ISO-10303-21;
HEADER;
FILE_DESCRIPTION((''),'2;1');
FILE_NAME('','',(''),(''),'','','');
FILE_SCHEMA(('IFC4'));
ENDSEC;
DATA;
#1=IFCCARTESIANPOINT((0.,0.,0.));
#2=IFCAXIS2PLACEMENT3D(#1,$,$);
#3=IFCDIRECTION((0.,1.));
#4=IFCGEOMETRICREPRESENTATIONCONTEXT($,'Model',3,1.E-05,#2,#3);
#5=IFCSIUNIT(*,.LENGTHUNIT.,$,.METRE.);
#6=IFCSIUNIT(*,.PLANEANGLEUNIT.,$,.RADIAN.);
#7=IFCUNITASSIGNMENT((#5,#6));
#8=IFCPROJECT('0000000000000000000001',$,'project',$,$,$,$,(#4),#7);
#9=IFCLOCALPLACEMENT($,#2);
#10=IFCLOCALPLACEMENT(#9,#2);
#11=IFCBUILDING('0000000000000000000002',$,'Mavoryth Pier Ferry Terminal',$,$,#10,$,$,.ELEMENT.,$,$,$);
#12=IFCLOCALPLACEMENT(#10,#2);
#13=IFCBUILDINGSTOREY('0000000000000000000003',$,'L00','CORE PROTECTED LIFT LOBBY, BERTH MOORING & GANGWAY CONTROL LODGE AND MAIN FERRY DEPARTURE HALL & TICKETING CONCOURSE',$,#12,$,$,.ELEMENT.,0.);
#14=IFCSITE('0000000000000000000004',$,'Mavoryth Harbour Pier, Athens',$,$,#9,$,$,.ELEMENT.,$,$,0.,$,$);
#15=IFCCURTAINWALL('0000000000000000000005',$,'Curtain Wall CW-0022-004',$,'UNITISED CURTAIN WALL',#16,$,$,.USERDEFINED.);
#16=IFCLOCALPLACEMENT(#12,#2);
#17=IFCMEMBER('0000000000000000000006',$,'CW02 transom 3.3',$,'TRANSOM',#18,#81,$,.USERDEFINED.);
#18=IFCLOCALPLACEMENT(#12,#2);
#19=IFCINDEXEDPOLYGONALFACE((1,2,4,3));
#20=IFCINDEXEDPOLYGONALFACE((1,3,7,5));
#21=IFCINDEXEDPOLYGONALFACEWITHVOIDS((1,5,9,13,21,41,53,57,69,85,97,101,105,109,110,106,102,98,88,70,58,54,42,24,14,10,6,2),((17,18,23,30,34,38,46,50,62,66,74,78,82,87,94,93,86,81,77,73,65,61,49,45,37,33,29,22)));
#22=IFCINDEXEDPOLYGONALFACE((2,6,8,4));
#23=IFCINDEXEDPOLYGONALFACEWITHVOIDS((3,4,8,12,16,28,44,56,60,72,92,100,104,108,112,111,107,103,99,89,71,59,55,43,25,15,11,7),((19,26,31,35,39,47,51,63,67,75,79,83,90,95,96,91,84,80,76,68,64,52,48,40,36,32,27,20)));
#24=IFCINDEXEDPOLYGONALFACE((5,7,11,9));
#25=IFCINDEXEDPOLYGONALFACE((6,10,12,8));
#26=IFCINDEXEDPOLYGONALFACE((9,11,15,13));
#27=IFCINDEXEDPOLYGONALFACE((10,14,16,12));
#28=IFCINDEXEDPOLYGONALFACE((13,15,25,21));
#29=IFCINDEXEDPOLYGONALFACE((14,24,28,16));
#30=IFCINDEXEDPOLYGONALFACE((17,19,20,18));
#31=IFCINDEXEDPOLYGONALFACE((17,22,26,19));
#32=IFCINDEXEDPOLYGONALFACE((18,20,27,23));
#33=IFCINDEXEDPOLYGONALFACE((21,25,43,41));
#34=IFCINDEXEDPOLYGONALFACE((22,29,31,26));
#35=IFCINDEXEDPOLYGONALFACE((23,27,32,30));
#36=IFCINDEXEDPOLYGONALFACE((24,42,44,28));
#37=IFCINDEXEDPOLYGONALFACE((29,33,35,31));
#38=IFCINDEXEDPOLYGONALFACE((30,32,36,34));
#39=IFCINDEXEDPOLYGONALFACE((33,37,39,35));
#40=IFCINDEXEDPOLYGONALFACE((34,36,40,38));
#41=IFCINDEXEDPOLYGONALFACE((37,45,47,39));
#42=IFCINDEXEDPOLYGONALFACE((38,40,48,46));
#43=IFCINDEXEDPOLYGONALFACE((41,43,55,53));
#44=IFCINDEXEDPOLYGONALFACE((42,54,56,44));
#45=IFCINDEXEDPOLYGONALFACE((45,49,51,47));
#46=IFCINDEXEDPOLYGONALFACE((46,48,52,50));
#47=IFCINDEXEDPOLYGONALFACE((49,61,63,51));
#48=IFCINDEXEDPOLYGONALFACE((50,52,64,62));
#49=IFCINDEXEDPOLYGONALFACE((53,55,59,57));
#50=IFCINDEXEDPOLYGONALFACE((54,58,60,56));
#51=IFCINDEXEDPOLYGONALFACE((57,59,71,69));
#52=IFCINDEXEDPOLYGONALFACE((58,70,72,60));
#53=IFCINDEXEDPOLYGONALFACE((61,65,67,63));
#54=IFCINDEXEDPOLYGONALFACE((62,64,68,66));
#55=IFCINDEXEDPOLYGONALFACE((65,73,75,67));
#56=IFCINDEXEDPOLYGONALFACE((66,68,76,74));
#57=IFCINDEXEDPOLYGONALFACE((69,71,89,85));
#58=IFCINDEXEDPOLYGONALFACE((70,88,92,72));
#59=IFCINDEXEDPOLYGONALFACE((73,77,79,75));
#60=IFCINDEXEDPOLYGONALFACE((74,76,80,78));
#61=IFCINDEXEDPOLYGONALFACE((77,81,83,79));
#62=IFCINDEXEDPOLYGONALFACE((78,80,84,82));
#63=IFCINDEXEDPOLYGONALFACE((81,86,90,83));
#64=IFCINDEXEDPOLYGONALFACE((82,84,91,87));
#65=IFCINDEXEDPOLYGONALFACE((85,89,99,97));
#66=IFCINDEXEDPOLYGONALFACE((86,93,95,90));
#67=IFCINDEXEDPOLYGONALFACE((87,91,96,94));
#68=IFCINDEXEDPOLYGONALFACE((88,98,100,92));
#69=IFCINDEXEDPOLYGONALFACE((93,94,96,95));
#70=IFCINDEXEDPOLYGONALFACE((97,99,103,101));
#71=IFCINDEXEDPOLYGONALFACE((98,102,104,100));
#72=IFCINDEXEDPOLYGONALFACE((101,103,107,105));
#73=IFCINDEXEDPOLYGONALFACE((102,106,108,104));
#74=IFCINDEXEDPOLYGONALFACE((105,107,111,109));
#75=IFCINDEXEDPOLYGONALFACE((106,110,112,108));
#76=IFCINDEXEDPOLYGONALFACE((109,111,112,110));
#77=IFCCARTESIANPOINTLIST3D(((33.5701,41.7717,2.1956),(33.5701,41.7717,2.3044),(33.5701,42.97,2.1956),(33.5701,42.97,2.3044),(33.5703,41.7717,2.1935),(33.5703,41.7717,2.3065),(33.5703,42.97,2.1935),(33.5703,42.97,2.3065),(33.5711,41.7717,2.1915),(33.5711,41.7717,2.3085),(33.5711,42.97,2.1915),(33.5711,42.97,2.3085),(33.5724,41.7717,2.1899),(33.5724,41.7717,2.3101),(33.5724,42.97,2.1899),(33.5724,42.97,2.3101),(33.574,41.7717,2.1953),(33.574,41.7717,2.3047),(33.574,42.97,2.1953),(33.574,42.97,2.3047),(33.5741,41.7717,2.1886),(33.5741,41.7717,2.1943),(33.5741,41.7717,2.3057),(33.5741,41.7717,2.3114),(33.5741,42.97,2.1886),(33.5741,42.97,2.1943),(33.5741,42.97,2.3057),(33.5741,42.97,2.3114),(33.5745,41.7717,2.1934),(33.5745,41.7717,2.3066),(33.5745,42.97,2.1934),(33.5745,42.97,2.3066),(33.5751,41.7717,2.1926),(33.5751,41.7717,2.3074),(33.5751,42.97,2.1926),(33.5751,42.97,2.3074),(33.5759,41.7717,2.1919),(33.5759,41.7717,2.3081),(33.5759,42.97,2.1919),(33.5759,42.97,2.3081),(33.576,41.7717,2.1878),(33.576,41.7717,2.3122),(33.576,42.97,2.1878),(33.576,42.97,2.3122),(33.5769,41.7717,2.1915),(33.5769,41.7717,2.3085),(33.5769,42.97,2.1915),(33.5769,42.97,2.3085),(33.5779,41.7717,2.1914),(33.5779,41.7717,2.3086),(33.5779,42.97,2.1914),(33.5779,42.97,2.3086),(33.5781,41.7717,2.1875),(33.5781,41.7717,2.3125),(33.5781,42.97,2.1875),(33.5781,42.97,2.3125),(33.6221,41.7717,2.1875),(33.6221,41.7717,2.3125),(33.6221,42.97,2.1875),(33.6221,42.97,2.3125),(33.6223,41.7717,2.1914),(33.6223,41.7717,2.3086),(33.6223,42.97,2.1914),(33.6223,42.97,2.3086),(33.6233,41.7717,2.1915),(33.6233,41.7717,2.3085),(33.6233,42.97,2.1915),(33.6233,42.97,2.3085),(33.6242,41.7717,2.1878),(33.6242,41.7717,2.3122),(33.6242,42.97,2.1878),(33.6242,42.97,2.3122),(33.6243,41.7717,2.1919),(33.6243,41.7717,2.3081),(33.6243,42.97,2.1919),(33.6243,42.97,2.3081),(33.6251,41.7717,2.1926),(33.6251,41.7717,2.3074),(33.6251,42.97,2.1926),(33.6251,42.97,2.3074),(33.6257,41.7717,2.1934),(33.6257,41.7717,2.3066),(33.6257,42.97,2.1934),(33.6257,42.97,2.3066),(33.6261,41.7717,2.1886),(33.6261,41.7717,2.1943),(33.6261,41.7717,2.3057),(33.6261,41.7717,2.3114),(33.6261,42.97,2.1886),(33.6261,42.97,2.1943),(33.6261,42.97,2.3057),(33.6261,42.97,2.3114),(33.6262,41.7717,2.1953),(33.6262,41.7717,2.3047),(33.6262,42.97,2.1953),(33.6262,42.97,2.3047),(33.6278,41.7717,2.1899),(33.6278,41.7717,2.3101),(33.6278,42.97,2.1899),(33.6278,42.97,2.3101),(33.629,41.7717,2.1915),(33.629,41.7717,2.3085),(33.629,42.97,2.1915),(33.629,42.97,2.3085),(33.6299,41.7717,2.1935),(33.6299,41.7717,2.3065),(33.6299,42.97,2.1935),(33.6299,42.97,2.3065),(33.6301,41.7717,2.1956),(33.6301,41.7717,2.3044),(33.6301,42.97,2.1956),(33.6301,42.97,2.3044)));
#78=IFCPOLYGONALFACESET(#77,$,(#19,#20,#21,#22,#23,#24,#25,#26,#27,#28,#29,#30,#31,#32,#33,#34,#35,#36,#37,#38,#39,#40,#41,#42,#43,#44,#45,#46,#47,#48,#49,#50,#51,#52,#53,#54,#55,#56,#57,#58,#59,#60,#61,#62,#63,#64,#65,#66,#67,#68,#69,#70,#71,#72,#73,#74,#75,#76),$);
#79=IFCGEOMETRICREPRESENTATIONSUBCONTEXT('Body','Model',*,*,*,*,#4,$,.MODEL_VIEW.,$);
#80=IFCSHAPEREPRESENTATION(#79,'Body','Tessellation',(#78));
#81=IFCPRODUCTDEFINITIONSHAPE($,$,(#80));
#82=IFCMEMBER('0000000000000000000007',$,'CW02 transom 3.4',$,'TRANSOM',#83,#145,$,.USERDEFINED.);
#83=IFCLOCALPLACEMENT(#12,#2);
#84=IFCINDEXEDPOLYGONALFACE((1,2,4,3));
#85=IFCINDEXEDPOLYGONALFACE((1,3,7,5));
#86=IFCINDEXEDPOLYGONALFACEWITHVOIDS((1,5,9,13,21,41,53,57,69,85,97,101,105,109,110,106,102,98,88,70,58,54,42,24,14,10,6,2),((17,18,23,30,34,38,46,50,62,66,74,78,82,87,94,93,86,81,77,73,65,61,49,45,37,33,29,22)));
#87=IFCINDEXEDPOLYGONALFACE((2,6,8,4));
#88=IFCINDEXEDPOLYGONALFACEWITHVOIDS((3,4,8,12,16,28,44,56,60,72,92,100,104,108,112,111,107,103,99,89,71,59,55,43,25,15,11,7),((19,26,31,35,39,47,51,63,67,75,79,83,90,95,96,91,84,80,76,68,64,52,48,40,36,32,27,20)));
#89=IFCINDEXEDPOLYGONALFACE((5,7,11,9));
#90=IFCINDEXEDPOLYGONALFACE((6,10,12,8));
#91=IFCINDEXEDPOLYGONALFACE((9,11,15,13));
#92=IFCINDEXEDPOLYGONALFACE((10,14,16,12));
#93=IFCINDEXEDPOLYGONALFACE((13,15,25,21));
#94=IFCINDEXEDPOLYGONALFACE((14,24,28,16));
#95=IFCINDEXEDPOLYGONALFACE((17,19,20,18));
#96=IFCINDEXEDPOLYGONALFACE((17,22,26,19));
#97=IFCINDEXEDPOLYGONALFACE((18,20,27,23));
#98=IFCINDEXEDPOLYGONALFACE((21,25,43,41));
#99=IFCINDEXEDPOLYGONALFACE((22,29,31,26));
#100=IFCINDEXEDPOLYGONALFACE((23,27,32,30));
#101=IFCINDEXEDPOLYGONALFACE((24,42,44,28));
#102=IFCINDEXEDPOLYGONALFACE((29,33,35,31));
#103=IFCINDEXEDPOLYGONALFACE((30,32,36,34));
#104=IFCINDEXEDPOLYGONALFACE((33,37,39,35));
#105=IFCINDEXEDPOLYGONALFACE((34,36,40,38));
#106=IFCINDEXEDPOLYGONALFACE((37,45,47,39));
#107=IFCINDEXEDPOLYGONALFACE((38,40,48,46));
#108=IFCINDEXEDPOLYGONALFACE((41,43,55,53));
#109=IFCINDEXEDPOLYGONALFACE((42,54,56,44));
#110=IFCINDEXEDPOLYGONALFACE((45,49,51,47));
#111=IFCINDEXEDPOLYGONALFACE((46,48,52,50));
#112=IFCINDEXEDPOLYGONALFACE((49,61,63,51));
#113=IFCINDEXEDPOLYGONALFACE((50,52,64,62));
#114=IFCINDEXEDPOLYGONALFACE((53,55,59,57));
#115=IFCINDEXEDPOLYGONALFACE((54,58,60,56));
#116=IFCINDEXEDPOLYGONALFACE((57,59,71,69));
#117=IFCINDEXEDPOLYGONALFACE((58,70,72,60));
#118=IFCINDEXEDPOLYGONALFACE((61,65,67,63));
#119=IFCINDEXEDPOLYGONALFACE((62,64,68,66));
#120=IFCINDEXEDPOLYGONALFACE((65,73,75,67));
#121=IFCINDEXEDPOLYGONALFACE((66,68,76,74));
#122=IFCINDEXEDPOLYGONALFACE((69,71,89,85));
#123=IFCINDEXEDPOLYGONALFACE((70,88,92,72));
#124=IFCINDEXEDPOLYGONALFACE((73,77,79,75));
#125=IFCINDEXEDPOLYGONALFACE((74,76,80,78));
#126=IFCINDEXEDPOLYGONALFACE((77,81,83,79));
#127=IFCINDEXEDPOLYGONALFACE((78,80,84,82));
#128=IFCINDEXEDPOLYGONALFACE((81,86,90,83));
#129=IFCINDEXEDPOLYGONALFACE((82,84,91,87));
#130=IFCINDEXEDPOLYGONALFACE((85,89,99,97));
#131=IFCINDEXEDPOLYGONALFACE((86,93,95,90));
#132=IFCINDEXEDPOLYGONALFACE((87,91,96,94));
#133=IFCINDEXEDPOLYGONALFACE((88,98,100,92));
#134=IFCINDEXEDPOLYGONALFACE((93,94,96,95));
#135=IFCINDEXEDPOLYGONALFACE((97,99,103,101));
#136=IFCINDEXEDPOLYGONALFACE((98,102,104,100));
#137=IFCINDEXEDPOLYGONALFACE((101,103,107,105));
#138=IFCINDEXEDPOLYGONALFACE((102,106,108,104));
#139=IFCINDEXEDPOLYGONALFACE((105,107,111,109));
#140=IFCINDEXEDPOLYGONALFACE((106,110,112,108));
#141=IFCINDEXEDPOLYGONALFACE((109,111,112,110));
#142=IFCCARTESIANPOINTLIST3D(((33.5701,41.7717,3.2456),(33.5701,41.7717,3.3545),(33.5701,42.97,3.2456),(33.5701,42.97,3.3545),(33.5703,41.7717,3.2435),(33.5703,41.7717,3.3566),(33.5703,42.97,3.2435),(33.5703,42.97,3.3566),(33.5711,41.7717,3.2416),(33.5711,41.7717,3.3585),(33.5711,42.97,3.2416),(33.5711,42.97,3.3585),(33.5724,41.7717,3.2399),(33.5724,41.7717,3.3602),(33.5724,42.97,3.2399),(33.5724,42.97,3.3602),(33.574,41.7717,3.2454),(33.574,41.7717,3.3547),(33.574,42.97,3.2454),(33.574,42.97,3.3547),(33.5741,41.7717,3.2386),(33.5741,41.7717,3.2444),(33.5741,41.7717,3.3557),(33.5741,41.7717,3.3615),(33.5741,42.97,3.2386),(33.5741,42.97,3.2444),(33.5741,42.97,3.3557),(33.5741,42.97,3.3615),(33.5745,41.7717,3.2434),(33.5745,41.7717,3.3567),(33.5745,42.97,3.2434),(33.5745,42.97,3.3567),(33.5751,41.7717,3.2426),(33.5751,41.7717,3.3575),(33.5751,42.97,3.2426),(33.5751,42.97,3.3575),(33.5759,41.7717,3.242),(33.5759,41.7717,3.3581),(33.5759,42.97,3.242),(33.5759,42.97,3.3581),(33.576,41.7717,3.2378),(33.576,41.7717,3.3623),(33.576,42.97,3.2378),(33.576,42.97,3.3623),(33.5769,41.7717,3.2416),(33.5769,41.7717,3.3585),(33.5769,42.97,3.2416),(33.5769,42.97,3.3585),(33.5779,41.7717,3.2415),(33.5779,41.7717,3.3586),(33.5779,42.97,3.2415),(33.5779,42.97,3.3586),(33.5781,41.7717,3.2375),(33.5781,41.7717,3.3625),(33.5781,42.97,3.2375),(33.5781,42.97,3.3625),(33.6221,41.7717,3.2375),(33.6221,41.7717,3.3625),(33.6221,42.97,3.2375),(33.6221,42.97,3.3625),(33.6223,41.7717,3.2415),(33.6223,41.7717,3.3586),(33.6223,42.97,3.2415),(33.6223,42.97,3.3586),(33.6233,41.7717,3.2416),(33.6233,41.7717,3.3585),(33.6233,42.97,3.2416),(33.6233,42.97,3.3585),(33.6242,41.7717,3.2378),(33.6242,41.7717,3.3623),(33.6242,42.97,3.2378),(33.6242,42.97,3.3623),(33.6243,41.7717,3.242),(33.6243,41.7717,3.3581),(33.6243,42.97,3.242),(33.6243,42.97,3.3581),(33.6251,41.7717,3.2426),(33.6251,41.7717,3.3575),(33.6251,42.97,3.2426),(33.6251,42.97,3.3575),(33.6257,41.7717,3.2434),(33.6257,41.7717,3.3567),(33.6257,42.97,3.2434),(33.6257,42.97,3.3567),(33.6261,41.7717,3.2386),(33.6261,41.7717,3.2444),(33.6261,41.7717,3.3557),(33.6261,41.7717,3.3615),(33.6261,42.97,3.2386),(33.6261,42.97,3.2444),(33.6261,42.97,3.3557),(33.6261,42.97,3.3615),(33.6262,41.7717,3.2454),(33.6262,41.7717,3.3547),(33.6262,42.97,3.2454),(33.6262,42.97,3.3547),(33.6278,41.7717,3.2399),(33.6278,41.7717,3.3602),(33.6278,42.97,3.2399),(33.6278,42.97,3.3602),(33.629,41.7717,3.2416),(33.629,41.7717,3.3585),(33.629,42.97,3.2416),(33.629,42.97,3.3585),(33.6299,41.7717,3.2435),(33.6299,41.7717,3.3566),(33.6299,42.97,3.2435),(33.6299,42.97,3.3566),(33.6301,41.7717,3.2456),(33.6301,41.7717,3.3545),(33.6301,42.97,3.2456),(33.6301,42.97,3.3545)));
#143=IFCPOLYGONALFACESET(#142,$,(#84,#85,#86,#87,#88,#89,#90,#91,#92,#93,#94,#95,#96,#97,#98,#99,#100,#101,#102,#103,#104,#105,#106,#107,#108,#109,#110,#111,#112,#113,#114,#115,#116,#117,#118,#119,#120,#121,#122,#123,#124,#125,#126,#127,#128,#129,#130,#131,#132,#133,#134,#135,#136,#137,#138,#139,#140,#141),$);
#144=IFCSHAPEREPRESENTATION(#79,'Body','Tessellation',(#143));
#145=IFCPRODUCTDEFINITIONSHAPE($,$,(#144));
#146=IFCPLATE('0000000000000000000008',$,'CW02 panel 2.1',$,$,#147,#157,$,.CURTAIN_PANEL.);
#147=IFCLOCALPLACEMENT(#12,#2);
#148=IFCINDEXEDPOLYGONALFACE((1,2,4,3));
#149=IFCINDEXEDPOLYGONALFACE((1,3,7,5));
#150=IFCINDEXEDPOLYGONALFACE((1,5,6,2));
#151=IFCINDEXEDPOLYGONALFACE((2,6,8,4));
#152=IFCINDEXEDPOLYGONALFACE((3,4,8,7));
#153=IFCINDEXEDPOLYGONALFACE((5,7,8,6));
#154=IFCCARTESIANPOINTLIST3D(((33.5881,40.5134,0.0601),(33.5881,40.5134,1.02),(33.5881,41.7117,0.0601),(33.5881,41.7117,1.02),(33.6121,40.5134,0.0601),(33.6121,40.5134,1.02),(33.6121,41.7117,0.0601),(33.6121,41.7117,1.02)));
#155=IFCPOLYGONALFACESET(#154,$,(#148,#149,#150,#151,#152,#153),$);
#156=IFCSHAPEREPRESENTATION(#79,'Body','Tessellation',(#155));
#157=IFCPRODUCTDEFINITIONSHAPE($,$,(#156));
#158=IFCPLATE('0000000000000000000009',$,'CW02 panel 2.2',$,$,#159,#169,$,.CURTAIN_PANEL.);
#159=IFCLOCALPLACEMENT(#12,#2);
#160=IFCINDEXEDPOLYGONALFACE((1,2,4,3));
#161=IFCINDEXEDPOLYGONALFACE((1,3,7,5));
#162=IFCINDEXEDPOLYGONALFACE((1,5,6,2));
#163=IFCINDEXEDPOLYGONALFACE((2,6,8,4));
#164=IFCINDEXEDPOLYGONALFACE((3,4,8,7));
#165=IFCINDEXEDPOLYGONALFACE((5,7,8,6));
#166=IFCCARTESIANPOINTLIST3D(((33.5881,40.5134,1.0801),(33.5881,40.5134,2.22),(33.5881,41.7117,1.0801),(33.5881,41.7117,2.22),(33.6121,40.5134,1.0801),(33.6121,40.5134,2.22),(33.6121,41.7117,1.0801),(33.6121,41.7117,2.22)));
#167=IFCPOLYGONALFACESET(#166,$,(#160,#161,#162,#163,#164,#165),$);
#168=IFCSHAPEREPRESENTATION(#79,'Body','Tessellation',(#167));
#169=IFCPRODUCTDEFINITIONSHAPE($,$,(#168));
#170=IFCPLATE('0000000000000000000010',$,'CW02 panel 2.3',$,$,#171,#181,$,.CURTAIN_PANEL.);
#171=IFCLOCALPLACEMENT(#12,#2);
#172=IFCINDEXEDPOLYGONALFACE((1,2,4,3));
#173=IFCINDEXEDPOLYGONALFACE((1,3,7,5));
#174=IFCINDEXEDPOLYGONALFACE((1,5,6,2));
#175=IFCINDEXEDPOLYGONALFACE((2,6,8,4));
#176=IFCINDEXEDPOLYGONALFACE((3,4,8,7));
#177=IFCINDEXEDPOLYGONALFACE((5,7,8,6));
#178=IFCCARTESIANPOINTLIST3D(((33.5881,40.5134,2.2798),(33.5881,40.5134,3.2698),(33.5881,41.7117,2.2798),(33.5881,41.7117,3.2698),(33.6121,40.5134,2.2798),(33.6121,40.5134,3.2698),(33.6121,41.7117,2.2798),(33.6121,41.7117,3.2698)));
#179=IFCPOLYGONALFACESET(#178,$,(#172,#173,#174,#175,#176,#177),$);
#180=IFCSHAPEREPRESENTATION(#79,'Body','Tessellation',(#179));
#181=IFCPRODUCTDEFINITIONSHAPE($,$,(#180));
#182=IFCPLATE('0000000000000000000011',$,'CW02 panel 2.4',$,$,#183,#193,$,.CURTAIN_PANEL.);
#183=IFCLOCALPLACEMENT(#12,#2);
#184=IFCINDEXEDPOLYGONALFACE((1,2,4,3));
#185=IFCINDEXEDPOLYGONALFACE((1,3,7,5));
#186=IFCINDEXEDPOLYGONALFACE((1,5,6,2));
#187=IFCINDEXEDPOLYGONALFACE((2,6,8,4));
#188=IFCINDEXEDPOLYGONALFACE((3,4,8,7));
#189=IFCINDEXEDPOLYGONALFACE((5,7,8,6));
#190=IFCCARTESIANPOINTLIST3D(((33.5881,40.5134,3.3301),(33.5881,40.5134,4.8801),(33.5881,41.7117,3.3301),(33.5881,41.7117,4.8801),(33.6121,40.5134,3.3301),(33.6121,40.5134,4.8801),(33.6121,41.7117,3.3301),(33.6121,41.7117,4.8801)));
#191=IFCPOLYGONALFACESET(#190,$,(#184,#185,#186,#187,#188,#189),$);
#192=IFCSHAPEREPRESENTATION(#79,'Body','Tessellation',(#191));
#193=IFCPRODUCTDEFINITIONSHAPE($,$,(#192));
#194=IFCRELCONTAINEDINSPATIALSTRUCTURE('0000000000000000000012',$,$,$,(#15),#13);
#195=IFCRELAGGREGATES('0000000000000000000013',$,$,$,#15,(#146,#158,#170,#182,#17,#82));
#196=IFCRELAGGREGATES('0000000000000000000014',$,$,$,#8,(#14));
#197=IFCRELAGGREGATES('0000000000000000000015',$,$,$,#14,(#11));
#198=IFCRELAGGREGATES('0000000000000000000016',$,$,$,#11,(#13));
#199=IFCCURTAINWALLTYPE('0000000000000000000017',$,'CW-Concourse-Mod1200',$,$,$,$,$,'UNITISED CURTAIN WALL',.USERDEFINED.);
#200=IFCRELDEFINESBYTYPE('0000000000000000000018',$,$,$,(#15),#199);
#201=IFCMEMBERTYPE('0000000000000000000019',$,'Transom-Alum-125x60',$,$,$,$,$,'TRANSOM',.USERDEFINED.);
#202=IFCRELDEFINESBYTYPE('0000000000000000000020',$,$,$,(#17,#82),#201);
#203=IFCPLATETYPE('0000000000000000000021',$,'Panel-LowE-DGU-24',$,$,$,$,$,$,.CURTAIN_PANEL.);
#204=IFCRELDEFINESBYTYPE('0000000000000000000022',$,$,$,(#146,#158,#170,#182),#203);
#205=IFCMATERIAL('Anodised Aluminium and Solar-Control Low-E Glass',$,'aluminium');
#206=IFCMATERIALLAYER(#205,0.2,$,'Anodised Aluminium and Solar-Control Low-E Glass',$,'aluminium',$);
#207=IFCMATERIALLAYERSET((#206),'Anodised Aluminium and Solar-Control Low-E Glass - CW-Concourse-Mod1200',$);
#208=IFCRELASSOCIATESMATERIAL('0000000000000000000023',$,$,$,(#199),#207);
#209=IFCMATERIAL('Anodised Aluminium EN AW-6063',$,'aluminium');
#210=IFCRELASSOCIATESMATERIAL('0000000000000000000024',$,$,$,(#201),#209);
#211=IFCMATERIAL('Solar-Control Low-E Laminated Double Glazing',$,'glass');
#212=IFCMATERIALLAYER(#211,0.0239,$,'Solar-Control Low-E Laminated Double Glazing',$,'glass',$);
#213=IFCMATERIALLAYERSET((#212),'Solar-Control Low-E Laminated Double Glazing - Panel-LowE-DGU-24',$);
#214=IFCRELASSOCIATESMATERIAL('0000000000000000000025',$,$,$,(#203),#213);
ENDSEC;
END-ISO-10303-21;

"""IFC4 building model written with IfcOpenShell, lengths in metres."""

from ifc_helpers import new_model, si_unit, direction, frame, origin, origin_2d, place, context, subcontext, project, spatial, rectangle, hollow_rectangle, extrude, material, layer, layer_set, material_profile, profile_set, type_object, element, aggregate, save


model = new_model("IFC4")

# Units and contexts
model_context = context("Model", 3, precision=1e-05, world=origin(), true_north=direction((0.0, 1.0)))
body_context = subcontext(model_context, "Body", "Model", "MODEL_VIEW")
ifc_project = project(units=[si_unit("LENGTHUNIT", "METRE"), si_unit("PLANEANGLEUNIT", "RADIAN")], contexts=[model_context])

# Site, building, storey
site_placement = place(None, origin())
site = spatial("IfcSite", under=ifc_project, at=site_placement, Name="Mavoryth Harbour Pier, Athens", CompositionType="ELEMENT", RefElevation=0.0)
building_placement = place(site_placement, origin())
building = spatial("IfcBuilding", under=site, at=building_placement, Name="Mavoryth Pier Ferry Terminal", CompositionType="ELEMENT")
storey_placement = place(building_placement, origin())
storey = spatial("IfcBuildingStorey", under=building, at=storey_placement, Name="L00", Description="CORE PROTECTED LIFT LOBBY, BERTH MOORING & GANGWAY CONTROL LODGE AND MAIN FERRY DEPARTURE HALL & TICKETING CONCOURSE", CompositionType="ELEMENT", Elevation=0.0)

# Curtain wall, members, plates
ifc_material_1 = material(Name="Anodised Aluminium and Solar-Control Low-E Glass", Category="aluminium")
ifc_layer_1 = layer(ifc_material_1, 0.2, Name="Anodised Aluminium and Solar-Control Low-E Glass", Category="aluminium")
ifc_layer_set_1 = layer_set([ifc_layer_1], Name="Anodised Aluminium and Solar-Control Low-E Glass - CW-Concourse-Mod1200")
curtain_wall_type = type_object("IfcCurtainWallType", Name="CW-Concourse-Mod1200", ElementType="UNITISED CURTAIN WALL", PredefinedType="USERDEFINED", material=ifc_layer_set_1)
curtain_wall_placement = place(storey_placement, origin())
curtain_wall = element("IfcCurtainWall", 1, at=curtain_wall_placement, inside=storey, type_object=curtain_wall_type, Name="Curtain Wall CW-0022-004", ObjectType="UNITISED CURTAIN WALL", PredefinedType="USERDEFINED")
ifc_material_2 = material(Name="Anodised Aluminium EN AW-6063", Category="aluminium")
ifc_material_profile_1 = material_profile(ifc_material_2, hollow_rectangle(XDim=0.0601, YDim=0.125, WallThickness=0.0039, InnerFilletRadius=0.0039, OuterFilletRadius=0.0081, at=origin_2d()), Name="AL-TRAN 125x60x4", Category="aluminium")
ifc_profile_set_1 = profile_set([ifc_material_profile_1], Name="Anodised Aluminium EN AW-6063 - AL-TRAN 125x60x4")
member_type_1 = type_object("IfcMemberType", Name="Transom-Alum-125x60", ElementType="TRANSOM", PredefinedType="USERDEFINED", material=ifc_profile_set_1)
member_1_placement = place(storey_placement, frame((33.6001, 41.7717, 2.25), z_axis=(0.0, 1.0, 0.0), x_axis=(-1.0, 0.0, 0.0)))
member_1 = element("IfcMember", 2, at=member_1_placement, type_object=member_type_1, Name="CW02 transom 3.3", ObjectType="TRANSOM", PredefinedType="USERDEFINED", context=body_context, shape_type="SweptSolid", body=[
    extrude(hollow_rectangle(XDim=0.0601, YDim=0.125, WallThickness=0.0039, InnerFilletRadius=0.0039, OuterFilletRadius=0.0081, at=origin_2d()), origin(), (0.0, 0.0, 1.0), 1.1982),
])
member_2_placement = place(storey_placement, frame((33.6001, 41.7717, 3.3), z_axis=(0.0, 1.0, 0.0), x_axis=(-1.0, 0.0, 0.0)))
member_2 = element("IfcMember", 3, at=member_2_placement, type_object=member_type_1, Name="CW02 transom 3.4", ObjectType="TRANSOM", PredefinedType="USERDEFINED", context=body_context, shape_type="SweptSolid", body=[
    extrude(hollow_rectangle(XDim=0.0601, YDim=0.125, WallThickness=0.0039, InnerFilletRadius=0.0039, OuterFilletRadius=0.0081, at=origin_2d()), origin(), (0.0, 0.0, 1.0), 1.1982),
])
ifc_material_3 = material(Name="Solar-Control Low-E Laminated Double Glazing", Category="glass")
ifc_layer_2 = layer(ifc_material_3, 0.0239, Name="Solar-Control Low-E Laminated Double Glazing", Category="glass")
ifc_layer_set_2 = layer_set([ifc_layer_2], Name="Solar-Control Low-E Laminated Double Glazing - Panel-LowE-DGU-24")
plate_type = type_object("IfcPlateType", Name="Panel-LowE-DGU-24", PredefinedType="CURTAIN_PANEL", material=ifc_layer_set_2)
plate_1_placement = place(storey_placement, frame((33.6001, 41.1125, 0.0601), z_axis=(0.0, 0.0, 1.0), x_axis=(0.0, 1.0, 0.0)))
plate_1 = element("IfcPlate", 4, at=plate_1_placement, type_object=plate_type, Name="CW02 panel 2.1", PredefinedType="CURTAIN_PANEL", context=body_context, shape_type="SweptSolid", body=[
    extrude(rectangle(XDim=1.1982, YDim=0.0239, at=origin_2d()), origin(), (0.0, 0.0, 1.0), 0.96),
])
plate_2_placement = place(storey_placement, frame((33.6001, 41.1125, 1.0801), z_axis=(0.0, 0.0, 1.0), x_axis=(0.0, 1.0, 0.0)))
plate_2 = element("IfcPlate", 5, at=plate_2_placement, type_object=plate_type, Name="CW02 panel 2.2", PredefinedType="CURTAIN_PANEL", context=body_context, shape_type="SweptSolid", body=[
    extrude(rectangle(XDim=1.1982, YDim=0.0239, at=origin_2d()), origin(), (0.0, 0.0, 1.0), 1.1399),
])
plate_3_placement = place(storey_placement, frame((33.6001, 41.1125, 2.2798), z_axis=(0.0, 0.0, 1.0), x_axis=(0.0, 1.0, 0.0)))
plate_3 = element("IfcPlate", 6, at=plate_3_placement, type_object=plate_type, Name="CW02 panel 2.3", PredefinedType="CURTAIN_PANEL", context=body_context, shape_type="SweptSolid", body=[
    extrude(rectangle(XDim=1.1982, YDim=0.0239, at=origin_2d()), origin(), (0.0, 0.0, 1.0), 0.99),
])
plate_4_placement = place(storey_placement, frame((33.6001, 41.1125, 3.3301), z_axis=(0.0, 0.0, 1.0), x_axis=(0.0, 1.0, 0.0)))
plate_4 = element("IfcPlate", 7, at=plate_4_placement, type_object=plate_type, Name="CW02 panel 2.4", PredefinedType="CURTAIN_PANEL", context=body_context, shape_type="SweptSolid", body=[
    extrude(rectangle(XDim=1.1982, YDim=0.0239, at=origin_2d()), origin(), (0.0, 0.0, 1.0), 1.55),
])
aggregate(curtain_wall, [plate_1, plate_2, plate_3, plate_4, member_1, member_2])

save(model, "model.ifc")
